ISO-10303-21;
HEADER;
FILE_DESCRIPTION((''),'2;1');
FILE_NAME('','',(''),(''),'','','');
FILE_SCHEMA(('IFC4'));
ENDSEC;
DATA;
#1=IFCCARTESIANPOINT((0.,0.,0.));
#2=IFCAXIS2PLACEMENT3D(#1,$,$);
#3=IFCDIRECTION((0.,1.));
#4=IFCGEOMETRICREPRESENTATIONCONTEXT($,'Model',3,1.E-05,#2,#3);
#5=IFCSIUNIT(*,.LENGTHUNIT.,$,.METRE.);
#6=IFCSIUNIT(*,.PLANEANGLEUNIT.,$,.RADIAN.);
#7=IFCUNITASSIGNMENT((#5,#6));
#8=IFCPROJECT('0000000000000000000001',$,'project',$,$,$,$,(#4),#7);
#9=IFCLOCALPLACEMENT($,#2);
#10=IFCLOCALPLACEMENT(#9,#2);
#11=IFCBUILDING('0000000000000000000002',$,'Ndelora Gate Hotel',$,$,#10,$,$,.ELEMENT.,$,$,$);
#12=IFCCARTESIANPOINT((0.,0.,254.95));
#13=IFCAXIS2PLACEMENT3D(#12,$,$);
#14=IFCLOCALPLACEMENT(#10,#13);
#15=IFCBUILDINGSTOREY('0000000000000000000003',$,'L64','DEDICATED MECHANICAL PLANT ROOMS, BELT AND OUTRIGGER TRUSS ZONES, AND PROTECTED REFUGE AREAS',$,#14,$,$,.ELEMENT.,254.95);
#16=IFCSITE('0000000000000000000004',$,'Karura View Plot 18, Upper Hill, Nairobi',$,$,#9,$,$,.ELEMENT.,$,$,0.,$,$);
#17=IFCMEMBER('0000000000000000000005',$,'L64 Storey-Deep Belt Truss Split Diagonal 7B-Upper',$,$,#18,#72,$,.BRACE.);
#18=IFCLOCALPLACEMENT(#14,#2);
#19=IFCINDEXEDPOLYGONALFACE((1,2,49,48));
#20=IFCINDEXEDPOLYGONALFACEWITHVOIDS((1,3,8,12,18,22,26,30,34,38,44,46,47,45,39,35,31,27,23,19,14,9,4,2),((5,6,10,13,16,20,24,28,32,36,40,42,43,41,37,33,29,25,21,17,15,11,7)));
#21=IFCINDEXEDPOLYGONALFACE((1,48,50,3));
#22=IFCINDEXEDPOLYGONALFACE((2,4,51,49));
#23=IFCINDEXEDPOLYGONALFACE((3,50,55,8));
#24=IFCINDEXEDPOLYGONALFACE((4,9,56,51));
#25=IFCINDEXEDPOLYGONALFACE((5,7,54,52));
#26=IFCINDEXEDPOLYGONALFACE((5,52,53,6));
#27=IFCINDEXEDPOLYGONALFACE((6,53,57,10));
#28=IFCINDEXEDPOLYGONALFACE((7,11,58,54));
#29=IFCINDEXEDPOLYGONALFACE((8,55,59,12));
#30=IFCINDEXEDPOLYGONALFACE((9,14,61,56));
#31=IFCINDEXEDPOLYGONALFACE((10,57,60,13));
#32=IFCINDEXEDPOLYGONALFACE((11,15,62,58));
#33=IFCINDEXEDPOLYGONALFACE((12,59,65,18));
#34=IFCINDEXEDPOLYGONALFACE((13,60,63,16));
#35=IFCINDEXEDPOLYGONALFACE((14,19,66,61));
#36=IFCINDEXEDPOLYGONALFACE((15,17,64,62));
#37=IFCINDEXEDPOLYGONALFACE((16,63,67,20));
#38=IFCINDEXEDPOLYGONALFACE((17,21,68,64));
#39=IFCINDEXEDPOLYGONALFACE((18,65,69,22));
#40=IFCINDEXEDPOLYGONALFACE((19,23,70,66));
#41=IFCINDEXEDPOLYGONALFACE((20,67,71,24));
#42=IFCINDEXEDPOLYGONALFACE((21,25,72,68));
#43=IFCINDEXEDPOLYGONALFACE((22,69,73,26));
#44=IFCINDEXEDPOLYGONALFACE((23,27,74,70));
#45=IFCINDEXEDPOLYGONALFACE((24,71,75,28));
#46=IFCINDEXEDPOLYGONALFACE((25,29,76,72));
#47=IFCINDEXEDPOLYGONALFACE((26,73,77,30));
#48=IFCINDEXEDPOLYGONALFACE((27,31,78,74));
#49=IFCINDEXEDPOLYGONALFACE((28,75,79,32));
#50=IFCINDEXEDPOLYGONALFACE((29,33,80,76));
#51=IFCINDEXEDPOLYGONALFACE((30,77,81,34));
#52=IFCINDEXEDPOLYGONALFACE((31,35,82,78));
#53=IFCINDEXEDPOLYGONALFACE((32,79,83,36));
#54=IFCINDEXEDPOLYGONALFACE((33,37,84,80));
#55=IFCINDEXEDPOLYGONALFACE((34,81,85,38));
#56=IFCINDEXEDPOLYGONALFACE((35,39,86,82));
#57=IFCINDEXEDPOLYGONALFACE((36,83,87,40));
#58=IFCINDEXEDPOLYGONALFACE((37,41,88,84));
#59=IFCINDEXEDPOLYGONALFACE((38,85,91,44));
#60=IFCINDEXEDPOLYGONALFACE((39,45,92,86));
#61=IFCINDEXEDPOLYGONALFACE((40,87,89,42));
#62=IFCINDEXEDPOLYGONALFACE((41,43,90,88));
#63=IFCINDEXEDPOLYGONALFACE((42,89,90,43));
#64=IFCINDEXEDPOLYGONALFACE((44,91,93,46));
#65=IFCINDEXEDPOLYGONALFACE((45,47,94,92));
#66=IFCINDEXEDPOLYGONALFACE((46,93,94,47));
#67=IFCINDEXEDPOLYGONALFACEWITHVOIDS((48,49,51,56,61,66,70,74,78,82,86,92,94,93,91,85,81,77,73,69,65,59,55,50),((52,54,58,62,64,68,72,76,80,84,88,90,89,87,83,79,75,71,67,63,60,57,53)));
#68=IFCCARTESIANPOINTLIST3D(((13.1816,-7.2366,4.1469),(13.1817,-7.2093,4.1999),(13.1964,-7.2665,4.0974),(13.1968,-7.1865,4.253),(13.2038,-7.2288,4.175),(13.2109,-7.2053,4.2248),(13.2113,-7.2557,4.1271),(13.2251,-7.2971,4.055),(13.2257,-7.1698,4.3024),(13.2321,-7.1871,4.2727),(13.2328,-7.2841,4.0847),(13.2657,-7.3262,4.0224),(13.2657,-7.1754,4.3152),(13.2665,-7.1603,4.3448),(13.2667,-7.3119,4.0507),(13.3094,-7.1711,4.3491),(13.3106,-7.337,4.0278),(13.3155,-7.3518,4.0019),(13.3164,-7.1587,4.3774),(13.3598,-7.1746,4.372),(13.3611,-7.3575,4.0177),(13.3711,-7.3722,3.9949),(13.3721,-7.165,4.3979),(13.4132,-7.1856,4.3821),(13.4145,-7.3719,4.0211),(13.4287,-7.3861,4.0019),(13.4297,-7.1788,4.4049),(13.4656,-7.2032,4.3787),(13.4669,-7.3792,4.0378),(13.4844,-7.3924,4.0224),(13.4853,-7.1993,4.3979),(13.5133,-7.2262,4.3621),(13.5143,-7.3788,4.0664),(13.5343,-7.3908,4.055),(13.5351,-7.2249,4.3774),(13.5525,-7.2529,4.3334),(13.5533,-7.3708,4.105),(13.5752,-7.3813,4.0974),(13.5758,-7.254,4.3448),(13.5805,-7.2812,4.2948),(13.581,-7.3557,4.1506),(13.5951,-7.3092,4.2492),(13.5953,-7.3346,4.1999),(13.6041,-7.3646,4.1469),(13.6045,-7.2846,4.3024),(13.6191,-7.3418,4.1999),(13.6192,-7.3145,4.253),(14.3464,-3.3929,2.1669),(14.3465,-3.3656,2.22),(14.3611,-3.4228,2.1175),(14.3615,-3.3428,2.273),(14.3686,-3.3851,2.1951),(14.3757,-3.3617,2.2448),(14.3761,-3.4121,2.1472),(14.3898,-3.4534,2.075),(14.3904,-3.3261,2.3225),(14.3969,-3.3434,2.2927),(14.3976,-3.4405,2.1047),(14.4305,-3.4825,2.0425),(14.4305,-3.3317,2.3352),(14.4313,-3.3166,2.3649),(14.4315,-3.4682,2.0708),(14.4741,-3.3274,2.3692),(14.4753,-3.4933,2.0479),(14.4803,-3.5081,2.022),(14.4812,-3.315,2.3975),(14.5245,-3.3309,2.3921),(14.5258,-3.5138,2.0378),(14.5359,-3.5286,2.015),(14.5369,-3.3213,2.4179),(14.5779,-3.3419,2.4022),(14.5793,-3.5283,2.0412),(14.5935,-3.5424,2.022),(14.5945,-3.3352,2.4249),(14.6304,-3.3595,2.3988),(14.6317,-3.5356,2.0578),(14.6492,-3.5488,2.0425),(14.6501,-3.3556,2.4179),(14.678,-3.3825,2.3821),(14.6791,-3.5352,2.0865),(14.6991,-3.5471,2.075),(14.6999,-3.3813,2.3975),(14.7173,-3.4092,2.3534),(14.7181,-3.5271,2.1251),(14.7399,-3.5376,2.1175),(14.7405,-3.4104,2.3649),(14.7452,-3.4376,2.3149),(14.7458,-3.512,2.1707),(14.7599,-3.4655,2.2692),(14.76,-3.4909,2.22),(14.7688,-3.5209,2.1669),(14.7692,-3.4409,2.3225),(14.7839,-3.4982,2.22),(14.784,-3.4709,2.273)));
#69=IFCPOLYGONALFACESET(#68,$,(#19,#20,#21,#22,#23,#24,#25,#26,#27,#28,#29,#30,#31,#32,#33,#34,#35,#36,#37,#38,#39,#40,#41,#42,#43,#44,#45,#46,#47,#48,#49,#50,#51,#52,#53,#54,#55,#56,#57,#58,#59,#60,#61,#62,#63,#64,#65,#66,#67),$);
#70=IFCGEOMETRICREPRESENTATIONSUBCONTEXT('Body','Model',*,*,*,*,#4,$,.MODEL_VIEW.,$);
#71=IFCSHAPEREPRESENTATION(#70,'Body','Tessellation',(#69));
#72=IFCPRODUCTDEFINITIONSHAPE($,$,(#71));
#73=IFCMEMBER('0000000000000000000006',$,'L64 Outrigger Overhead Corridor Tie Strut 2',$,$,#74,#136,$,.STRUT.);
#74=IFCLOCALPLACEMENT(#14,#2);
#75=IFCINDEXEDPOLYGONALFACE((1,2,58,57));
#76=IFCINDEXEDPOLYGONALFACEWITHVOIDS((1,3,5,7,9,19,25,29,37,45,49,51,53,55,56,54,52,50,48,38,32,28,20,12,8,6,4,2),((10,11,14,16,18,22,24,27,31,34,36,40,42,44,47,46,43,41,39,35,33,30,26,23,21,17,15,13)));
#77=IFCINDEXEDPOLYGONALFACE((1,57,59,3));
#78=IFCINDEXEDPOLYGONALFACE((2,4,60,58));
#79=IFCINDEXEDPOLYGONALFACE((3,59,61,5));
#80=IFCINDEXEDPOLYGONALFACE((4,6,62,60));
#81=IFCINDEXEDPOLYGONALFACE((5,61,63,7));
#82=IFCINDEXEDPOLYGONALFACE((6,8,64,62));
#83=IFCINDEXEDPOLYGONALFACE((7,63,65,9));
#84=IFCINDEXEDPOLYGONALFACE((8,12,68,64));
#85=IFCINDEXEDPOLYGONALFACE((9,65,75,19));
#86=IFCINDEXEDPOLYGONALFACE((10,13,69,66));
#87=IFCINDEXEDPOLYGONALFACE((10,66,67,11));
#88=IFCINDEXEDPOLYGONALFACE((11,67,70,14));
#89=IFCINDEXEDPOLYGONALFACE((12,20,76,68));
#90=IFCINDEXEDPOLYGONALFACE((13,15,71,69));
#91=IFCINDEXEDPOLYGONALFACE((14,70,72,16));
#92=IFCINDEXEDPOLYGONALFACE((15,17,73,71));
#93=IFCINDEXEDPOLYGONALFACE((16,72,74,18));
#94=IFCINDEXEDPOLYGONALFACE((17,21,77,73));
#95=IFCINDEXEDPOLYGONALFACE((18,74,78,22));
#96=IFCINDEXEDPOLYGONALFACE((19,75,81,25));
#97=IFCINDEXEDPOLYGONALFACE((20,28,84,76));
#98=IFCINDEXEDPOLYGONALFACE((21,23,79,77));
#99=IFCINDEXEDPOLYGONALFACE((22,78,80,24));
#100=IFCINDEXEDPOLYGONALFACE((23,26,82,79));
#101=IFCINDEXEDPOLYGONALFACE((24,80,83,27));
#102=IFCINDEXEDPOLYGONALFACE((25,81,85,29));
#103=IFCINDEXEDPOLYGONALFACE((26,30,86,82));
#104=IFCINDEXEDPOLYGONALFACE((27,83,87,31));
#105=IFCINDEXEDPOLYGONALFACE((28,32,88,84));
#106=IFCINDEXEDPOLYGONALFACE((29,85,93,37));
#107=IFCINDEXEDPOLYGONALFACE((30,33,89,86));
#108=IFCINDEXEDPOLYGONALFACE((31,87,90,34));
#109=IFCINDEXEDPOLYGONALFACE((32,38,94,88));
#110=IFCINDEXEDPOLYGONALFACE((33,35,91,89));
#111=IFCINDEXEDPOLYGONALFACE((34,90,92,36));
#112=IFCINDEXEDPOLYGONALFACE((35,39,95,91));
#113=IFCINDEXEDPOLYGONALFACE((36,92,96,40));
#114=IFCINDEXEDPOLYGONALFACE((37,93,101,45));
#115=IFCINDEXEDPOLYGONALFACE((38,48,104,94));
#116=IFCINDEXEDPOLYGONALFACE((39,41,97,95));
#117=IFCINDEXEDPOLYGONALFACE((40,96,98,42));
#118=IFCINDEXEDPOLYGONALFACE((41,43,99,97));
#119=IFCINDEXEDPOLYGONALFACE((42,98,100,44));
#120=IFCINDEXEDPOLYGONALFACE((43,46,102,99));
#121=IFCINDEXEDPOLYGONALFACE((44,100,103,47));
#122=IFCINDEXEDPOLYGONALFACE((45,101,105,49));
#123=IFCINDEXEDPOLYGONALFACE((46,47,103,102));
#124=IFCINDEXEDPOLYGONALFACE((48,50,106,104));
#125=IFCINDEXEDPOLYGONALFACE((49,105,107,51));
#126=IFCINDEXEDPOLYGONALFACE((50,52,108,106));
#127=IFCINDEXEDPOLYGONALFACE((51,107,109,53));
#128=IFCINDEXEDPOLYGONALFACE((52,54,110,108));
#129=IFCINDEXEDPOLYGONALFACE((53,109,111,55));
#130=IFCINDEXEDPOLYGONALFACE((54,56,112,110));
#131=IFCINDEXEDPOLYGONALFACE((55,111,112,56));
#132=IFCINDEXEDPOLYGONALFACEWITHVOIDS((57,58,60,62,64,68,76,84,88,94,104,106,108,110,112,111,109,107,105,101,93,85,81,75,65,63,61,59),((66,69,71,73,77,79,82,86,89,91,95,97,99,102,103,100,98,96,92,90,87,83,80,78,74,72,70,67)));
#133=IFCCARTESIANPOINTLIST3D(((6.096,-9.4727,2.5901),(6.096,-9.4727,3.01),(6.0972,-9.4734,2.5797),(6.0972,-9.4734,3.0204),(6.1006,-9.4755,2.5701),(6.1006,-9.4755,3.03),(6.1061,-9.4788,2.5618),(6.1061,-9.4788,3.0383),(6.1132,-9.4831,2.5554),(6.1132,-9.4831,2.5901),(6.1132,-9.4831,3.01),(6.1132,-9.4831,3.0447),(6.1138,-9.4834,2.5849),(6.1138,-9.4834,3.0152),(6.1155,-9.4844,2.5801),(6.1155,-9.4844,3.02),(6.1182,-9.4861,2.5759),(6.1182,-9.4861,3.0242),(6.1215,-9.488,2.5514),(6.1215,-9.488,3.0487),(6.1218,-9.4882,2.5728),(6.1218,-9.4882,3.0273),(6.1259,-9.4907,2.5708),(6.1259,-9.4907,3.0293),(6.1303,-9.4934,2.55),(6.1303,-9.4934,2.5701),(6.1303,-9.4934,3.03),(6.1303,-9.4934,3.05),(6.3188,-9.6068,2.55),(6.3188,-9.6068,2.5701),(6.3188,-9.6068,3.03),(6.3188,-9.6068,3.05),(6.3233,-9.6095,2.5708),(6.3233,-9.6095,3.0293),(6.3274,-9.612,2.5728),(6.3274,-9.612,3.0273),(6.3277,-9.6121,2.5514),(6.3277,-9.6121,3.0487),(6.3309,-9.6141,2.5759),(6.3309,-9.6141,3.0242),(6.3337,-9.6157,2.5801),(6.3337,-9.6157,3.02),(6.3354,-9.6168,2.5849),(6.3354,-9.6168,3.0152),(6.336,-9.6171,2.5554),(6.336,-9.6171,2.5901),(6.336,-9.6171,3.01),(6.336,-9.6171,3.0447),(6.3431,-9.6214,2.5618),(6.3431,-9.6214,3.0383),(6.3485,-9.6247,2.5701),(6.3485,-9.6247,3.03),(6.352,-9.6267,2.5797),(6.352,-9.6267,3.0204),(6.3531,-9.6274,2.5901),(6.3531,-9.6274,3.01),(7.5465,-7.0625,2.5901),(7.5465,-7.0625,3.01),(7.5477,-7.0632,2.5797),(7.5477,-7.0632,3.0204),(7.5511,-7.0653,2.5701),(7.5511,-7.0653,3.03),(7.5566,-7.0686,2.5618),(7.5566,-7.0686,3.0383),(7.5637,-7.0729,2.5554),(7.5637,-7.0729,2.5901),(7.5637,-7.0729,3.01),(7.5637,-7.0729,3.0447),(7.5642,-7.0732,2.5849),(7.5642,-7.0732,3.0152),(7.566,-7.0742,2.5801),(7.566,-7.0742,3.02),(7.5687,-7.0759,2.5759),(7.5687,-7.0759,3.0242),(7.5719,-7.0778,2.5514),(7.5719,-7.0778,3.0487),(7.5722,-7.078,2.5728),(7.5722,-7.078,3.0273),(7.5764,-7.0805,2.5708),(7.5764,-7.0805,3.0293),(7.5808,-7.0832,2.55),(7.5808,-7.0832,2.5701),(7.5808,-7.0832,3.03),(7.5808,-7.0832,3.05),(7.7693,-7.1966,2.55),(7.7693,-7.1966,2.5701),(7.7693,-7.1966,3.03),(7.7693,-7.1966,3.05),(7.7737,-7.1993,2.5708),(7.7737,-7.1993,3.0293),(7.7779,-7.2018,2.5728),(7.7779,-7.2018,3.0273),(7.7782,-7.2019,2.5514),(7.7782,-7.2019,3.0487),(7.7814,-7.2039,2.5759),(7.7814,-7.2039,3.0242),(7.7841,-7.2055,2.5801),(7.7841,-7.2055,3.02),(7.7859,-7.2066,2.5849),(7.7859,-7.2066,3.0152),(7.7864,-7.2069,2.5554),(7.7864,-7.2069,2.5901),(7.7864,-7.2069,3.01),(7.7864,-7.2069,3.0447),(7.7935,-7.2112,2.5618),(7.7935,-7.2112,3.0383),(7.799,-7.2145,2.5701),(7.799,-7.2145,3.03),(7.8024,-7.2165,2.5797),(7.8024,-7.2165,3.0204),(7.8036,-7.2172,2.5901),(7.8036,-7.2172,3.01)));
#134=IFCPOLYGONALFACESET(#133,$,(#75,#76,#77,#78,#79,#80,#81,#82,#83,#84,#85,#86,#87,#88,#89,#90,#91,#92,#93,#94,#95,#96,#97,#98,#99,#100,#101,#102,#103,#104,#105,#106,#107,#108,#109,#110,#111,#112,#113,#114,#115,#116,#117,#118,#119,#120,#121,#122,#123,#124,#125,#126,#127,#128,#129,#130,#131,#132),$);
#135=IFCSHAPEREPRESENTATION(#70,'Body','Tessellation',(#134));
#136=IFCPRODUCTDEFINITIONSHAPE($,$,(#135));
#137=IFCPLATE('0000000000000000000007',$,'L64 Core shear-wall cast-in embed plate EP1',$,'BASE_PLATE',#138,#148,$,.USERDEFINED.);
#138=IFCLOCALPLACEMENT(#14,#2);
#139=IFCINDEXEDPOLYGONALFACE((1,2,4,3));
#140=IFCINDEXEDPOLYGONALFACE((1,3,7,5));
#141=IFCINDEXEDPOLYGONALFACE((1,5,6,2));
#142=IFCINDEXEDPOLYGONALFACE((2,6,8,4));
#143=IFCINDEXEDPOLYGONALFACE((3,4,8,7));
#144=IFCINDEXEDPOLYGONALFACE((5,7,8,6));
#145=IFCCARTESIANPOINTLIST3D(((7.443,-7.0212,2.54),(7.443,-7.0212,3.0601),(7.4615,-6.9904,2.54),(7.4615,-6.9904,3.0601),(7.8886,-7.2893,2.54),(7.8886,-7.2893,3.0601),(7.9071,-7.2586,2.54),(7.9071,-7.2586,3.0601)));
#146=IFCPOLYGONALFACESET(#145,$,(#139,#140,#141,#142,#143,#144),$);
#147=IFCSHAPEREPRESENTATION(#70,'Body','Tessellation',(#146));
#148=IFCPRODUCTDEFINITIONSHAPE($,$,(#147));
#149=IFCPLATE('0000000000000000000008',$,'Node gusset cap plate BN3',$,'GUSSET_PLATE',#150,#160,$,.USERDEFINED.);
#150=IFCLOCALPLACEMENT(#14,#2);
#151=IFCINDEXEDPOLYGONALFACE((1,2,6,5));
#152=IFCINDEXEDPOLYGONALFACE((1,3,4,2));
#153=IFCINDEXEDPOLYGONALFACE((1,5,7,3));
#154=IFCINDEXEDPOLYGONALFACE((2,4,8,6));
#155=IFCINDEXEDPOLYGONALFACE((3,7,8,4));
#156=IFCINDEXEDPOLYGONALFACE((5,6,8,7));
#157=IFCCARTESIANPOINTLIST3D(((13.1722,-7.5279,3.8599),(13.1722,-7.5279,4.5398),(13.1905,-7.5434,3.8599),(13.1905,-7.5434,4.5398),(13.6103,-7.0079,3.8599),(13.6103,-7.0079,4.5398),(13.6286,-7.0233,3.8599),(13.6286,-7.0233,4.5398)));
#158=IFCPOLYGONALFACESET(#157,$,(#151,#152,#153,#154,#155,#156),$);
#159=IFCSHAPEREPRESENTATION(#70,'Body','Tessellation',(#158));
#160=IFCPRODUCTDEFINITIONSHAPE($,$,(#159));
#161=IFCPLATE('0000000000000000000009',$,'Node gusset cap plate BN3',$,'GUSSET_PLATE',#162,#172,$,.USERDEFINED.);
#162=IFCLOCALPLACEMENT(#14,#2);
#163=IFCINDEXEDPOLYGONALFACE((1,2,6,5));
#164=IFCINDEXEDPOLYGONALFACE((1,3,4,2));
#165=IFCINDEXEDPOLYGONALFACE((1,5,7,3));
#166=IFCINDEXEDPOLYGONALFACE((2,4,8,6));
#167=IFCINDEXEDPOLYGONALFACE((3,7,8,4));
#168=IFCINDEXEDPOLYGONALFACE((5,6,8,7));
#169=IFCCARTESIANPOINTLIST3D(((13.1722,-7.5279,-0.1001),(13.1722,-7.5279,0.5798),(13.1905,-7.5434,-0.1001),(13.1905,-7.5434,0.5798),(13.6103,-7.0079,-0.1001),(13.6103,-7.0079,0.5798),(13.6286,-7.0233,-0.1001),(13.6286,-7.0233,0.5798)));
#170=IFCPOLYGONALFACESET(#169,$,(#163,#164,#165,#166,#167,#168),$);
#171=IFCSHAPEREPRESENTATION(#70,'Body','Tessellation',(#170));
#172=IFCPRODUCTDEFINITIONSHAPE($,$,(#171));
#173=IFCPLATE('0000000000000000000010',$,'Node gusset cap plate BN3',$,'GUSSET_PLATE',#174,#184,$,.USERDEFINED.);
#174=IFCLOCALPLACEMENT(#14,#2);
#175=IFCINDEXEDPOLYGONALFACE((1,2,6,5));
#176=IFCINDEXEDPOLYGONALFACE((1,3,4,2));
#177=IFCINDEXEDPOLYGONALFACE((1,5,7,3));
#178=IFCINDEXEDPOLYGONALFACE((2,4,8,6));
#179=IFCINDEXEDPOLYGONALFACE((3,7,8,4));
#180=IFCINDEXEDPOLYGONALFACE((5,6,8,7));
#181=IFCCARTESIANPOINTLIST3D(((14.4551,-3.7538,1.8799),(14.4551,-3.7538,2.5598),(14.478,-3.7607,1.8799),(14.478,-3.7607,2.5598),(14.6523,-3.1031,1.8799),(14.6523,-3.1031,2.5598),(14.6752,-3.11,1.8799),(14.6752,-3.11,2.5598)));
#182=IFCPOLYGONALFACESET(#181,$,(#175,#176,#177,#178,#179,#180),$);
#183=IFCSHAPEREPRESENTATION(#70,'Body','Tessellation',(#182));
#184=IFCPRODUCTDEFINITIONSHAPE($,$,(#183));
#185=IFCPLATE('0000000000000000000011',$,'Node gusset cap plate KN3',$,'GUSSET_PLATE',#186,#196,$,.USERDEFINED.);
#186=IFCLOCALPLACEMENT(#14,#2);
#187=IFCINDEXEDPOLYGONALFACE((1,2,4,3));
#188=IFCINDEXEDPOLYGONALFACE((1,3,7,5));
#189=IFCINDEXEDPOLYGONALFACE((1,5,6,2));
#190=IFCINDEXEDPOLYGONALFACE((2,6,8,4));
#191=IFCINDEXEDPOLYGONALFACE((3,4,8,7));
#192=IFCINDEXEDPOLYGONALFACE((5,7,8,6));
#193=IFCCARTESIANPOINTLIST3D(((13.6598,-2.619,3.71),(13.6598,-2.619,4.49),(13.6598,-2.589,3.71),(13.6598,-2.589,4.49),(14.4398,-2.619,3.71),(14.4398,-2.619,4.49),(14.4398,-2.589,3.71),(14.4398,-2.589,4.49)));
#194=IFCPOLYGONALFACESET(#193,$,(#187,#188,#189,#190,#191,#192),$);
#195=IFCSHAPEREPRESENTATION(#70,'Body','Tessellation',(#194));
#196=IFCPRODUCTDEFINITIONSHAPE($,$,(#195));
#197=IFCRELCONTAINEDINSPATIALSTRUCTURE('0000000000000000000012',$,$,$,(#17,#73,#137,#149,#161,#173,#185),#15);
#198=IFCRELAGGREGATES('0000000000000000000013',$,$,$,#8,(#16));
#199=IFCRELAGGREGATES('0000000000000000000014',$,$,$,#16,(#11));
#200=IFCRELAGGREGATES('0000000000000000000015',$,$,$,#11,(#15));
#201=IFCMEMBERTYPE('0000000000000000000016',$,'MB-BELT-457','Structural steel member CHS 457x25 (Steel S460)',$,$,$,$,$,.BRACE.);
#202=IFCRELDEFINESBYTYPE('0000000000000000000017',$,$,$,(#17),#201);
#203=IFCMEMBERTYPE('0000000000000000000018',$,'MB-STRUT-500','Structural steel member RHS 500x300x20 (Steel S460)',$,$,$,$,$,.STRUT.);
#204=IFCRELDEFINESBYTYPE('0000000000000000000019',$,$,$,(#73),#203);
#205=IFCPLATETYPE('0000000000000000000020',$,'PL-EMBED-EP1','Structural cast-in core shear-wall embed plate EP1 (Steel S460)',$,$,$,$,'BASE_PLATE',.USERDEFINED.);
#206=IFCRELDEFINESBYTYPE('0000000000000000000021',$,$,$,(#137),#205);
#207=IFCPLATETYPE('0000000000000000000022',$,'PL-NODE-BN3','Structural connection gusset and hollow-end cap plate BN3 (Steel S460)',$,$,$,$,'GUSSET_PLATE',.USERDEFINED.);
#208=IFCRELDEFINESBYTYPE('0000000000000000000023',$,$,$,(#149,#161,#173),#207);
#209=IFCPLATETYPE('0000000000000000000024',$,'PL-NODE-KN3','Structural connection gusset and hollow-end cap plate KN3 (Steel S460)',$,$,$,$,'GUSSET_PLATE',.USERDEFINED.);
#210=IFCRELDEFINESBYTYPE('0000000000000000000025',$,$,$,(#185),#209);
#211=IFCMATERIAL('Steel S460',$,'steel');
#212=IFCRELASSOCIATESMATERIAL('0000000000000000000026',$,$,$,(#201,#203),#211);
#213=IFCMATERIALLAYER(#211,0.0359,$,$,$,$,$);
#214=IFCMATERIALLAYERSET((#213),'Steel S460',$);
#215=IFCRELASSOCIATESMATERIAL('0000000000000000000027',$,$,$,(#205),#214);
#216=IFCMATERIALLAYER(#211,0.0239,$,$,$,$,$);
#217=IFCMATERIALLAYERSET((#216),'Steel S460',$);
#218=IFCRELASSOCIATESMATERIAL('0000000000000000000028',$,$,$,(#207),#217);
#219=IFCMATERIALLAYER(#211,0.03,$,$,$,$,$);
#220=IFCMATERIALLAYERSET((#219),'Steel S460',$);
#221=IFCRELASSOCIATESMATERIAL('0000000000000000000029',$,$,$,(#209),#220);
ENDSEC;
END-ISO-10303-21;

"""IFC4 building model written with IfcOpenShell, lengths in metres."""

from ifc_helpers import new_model, si_unit, direction, frame, origin, origin_2d, place, context, subcontext, project, spatial, rectangle, hollow_rectangle, hollow_circle, extrude, material, layer, layer_set, material_profile, profile_set, type_object, element, save


model = new_model("IFC4")

# Units and contexts
model_context = context("Model", 3, precision=1e-05, world=origin(), true_north=direction((0.0, 1.0)))
body_context = subcontext(model_context, "Body", "Model", "MODEL_VIEW")
ifc_project = project(units=[si_unit("LENGTHUNIT", "METRE"), si_unit("PLANEANGLEUNIT", "RADIAN")], contexts=[model_context])

# Site, building, storey
site_placement = place(None, origin())
site = spatial("IfcSite", under=ifc_project, at=site_placement, Name="Karura View Plot 18, Upper Hill, Nairobi", CompositionType="ELEMENT", RefElevation=0.0)
building_placement = place(site_placement, origin())
building = spatial("IfcBuilding", under=site, at=building_placement, Name="Ndelora Gate Hotel", CompositionType="ELEMENT")
storey_placement = place(building_placement, frame((0.0, 0.0, 254.95)))
storey = spatial("IfcBuildingStorey", under=building, at=storey_placement, Name="L64", Description="DEDICATED MECHANICAL PLANT ROOMS, BELT AND OUTRIGGER TRUSS ZONES, AND PROTECTED REFUGE AREAS", CompositionType="ELEMENT", Elevation=254.95)

# Shared definitions
ifc_material_1 = material(Name="Steel S460", Category="steel")

# Members
ifc_material_profile_1 = material_profile(ifc_material_1, hollow_circle(Radius=0.2285, WallThickness=0.0249, at=origin_2d()), Name="CHS 457x25")
ifc_profile_set_1 = profile_set([ifc_material_profile_1], Name="Steel S460")
member_type_1 = type_object("IfcMemberType", Name="MB-BELT-457", Description="Structural steel member CHS 457x25 (Steel S460)", PredefinedType="BRACE", material=ifc_profile_set_1)
member_1_placement = place(storey_placement, frame((14.5652, -3.4319, 2.22), z_axis=(-0.260121, -0.858385, 0.442168), x_axis=(0.957023, -0.290012, 0.0)))
element("IfcMember", 1, at=member_1_placement, inside=storey, type_object=member_type_1, Name="L64 Storey-Deep Belt Truss Split Diagonal 7B-Upper", PredefinedType="BRACE", context=body_context, shape_type="SweptSolid", body=[
    extrude(hollow_circle(Radius=0.2285, WallThickness=0.0249, at=origin_2d()), origin(), (0.0, 0.0, 1.0), 4.4778),
])
ifc_material_profile_2 = material_profile(ifc_material_1, hollow_rectangle(XDim=0.3, YDim=0.5, WallThickness=0.02, InnerFilletRadius=0.02, OuterFilletRadius=0.04, at=origin_2d()), Name="RHS 500x300x20")
ifc_profile_set_2 = profile_set([ifc_material_profile_2], Name="Steel S460")
member_type_2 = type_object("IfcMemberType", Name="MB-STRUT-500", Description="Structural steel member RHS 500x300x20 (Steel S460)", PredefinedType="STRUT", material=ifc_profile_set_2)
member_2_placement = place(storey_placement, frame((7.675, -7.1399, 2.8), z_axis=(-0.515631, -0.856811, 0.0), x_axis=(0.856811, -0.515631, 0.0)))
element("IfcMember", 2, at=member_2_placement, inside=storey, type_object=member_type_2, Name="L64 Outrigger Overhead Corridor Tie Strut 2", PredefinedType="STRUT", context=body_context, shape_type="SweptSolid", body=[
    extrude(hollow_rectangle(XDim=0.3, YDim=0.5, WallThickness=0.02, InnerFilletRadius=0.02, OuterFilletRadius=0.04, at=origin_2d()), origin(), (0.0, 0.0, 1.0), 2.813),
])

# Plates
ifc_layer_1 = layer(ifc_material_1, 0.0359)
ifc_layer_set_1 = layer_set([ifc_layer_1], Name="Steel S460")
plate_type_1 = type_object("IfcPlateType", Name="PL-EMBED-EP1", Description="Structural cast-in core shear-wall embed plate EP1 (Steel S460)", ElementType="BASE_PLATE", PredefinedType="USERDEFINED", material=ifc_layer_set_1)
plate_1_placement = place(storey_placement, frame((7.675, -7.1399, 2.54), z_axis=(0.0, 0.0, 1.0), x_axis=(-0.856808, 0.515636, 0.0)))
element("IfcPlate", 3, at=plate_1_placement, inside=storey, type_object=plate_type_1, Name="L64 Core shear-wall cast-in embed plate EP1", ObjectType="BASE_PLATE", PredefinedType="USERDEFINED", context=body_context, shape_type="SweptSolid", body=[
    extrude(rectangle(XDim=0.52, YDim=0.0359, at=origin_2d()), origin(), (0.0, 0.0, 1.0), 0.52),
])
ifc_layer_2 = layer(ifc_material_1, 0.0239)
ifc_layer_set_2 = layer_set([ifc_layer_2], Name="Steel S460")
plate_type_2 = type_object("IfcPlateType", Name="PL-NODE-BN3", Description="Structural connection gusset and hollow-end cap plate BN3 (Steel S460)", ElementType="GUSSET_PLATE", PredefinedType="USERDEFINED", material=ifc_layer_set_2)
for number, where, z_axis, x_axis, name in (
    (4, (13.4004, -7.2756, 3.8599), (0.0, 0.0, 1.0), (0.644257, 0.764809, 0.0), "Node gusset cap plate BN3"),
    (5, (13.4004, -7.2756, -0.1001), (0.0, 0.0, 1.0), (0.644257, 0.764809, 0.0), "Node gusset cap plate BN3"),
    (6, (14.5652, -3.4319, 1.8799), (0.0, 0.0, 1.0), (0.290034, 0.957016, 0.0), "Node gusset cap plate BN3"),
):
    element("IfcPlate", number, at=place(storey_placement, frame(where, z_axis=z_axis, x_axis=x_axis)), inside=storey, type_object=plate_type_2, Name=name, ObjectType="GUSSET_PLATE", PredefinedType="USERDEFINED", context=body_context, shape_type="SweptSolid", body=[
        extrude(rectangle(XDim=0.6799, YDim=0.0239, at=origin_2d()), origin(), (0.0, 0.0, 1.0), 0.6799),
    ])
ifc_layer_3 = layer(ifc_material_1, 0.03)
ifc_layer_set_3 = layer_set([ifc_layer_3], Name="Steel S460")
plate_type_3 = type_object("IfcPlateType", Name="PL-NODE-KN3", Description="Structural connection gusset and hollow-end cap plate KN3 (Steel S460)", ElementType="GUSSET_PLATE", PredefinedType="USERDEFINED", material=ifc_layer_set_3)
plate_2_placement = place(storey_placement, frame((14.0498, -2.604, 3.71), z_axis=(0.0, 0.0, 1.0), x_axis=(1.0, 0.0, 0.0)))
element("IfcPlate", 7, at=plate_2_placement, inside=storey, type_object=plate_type_3, Name="Node gusset cap plate KN3", ObjectType="GUSSET_PLATE", PredefinedType="USERDEFINED", context=body_context, shape_type="SweptSolid", body=[
    extrude(rectangle(XDim=0.78, YDim=0.03, at=origin_2d()), origin(), (0.0, 0.0, 1.0), 0.78),
])

save(model, "model.ifc")
